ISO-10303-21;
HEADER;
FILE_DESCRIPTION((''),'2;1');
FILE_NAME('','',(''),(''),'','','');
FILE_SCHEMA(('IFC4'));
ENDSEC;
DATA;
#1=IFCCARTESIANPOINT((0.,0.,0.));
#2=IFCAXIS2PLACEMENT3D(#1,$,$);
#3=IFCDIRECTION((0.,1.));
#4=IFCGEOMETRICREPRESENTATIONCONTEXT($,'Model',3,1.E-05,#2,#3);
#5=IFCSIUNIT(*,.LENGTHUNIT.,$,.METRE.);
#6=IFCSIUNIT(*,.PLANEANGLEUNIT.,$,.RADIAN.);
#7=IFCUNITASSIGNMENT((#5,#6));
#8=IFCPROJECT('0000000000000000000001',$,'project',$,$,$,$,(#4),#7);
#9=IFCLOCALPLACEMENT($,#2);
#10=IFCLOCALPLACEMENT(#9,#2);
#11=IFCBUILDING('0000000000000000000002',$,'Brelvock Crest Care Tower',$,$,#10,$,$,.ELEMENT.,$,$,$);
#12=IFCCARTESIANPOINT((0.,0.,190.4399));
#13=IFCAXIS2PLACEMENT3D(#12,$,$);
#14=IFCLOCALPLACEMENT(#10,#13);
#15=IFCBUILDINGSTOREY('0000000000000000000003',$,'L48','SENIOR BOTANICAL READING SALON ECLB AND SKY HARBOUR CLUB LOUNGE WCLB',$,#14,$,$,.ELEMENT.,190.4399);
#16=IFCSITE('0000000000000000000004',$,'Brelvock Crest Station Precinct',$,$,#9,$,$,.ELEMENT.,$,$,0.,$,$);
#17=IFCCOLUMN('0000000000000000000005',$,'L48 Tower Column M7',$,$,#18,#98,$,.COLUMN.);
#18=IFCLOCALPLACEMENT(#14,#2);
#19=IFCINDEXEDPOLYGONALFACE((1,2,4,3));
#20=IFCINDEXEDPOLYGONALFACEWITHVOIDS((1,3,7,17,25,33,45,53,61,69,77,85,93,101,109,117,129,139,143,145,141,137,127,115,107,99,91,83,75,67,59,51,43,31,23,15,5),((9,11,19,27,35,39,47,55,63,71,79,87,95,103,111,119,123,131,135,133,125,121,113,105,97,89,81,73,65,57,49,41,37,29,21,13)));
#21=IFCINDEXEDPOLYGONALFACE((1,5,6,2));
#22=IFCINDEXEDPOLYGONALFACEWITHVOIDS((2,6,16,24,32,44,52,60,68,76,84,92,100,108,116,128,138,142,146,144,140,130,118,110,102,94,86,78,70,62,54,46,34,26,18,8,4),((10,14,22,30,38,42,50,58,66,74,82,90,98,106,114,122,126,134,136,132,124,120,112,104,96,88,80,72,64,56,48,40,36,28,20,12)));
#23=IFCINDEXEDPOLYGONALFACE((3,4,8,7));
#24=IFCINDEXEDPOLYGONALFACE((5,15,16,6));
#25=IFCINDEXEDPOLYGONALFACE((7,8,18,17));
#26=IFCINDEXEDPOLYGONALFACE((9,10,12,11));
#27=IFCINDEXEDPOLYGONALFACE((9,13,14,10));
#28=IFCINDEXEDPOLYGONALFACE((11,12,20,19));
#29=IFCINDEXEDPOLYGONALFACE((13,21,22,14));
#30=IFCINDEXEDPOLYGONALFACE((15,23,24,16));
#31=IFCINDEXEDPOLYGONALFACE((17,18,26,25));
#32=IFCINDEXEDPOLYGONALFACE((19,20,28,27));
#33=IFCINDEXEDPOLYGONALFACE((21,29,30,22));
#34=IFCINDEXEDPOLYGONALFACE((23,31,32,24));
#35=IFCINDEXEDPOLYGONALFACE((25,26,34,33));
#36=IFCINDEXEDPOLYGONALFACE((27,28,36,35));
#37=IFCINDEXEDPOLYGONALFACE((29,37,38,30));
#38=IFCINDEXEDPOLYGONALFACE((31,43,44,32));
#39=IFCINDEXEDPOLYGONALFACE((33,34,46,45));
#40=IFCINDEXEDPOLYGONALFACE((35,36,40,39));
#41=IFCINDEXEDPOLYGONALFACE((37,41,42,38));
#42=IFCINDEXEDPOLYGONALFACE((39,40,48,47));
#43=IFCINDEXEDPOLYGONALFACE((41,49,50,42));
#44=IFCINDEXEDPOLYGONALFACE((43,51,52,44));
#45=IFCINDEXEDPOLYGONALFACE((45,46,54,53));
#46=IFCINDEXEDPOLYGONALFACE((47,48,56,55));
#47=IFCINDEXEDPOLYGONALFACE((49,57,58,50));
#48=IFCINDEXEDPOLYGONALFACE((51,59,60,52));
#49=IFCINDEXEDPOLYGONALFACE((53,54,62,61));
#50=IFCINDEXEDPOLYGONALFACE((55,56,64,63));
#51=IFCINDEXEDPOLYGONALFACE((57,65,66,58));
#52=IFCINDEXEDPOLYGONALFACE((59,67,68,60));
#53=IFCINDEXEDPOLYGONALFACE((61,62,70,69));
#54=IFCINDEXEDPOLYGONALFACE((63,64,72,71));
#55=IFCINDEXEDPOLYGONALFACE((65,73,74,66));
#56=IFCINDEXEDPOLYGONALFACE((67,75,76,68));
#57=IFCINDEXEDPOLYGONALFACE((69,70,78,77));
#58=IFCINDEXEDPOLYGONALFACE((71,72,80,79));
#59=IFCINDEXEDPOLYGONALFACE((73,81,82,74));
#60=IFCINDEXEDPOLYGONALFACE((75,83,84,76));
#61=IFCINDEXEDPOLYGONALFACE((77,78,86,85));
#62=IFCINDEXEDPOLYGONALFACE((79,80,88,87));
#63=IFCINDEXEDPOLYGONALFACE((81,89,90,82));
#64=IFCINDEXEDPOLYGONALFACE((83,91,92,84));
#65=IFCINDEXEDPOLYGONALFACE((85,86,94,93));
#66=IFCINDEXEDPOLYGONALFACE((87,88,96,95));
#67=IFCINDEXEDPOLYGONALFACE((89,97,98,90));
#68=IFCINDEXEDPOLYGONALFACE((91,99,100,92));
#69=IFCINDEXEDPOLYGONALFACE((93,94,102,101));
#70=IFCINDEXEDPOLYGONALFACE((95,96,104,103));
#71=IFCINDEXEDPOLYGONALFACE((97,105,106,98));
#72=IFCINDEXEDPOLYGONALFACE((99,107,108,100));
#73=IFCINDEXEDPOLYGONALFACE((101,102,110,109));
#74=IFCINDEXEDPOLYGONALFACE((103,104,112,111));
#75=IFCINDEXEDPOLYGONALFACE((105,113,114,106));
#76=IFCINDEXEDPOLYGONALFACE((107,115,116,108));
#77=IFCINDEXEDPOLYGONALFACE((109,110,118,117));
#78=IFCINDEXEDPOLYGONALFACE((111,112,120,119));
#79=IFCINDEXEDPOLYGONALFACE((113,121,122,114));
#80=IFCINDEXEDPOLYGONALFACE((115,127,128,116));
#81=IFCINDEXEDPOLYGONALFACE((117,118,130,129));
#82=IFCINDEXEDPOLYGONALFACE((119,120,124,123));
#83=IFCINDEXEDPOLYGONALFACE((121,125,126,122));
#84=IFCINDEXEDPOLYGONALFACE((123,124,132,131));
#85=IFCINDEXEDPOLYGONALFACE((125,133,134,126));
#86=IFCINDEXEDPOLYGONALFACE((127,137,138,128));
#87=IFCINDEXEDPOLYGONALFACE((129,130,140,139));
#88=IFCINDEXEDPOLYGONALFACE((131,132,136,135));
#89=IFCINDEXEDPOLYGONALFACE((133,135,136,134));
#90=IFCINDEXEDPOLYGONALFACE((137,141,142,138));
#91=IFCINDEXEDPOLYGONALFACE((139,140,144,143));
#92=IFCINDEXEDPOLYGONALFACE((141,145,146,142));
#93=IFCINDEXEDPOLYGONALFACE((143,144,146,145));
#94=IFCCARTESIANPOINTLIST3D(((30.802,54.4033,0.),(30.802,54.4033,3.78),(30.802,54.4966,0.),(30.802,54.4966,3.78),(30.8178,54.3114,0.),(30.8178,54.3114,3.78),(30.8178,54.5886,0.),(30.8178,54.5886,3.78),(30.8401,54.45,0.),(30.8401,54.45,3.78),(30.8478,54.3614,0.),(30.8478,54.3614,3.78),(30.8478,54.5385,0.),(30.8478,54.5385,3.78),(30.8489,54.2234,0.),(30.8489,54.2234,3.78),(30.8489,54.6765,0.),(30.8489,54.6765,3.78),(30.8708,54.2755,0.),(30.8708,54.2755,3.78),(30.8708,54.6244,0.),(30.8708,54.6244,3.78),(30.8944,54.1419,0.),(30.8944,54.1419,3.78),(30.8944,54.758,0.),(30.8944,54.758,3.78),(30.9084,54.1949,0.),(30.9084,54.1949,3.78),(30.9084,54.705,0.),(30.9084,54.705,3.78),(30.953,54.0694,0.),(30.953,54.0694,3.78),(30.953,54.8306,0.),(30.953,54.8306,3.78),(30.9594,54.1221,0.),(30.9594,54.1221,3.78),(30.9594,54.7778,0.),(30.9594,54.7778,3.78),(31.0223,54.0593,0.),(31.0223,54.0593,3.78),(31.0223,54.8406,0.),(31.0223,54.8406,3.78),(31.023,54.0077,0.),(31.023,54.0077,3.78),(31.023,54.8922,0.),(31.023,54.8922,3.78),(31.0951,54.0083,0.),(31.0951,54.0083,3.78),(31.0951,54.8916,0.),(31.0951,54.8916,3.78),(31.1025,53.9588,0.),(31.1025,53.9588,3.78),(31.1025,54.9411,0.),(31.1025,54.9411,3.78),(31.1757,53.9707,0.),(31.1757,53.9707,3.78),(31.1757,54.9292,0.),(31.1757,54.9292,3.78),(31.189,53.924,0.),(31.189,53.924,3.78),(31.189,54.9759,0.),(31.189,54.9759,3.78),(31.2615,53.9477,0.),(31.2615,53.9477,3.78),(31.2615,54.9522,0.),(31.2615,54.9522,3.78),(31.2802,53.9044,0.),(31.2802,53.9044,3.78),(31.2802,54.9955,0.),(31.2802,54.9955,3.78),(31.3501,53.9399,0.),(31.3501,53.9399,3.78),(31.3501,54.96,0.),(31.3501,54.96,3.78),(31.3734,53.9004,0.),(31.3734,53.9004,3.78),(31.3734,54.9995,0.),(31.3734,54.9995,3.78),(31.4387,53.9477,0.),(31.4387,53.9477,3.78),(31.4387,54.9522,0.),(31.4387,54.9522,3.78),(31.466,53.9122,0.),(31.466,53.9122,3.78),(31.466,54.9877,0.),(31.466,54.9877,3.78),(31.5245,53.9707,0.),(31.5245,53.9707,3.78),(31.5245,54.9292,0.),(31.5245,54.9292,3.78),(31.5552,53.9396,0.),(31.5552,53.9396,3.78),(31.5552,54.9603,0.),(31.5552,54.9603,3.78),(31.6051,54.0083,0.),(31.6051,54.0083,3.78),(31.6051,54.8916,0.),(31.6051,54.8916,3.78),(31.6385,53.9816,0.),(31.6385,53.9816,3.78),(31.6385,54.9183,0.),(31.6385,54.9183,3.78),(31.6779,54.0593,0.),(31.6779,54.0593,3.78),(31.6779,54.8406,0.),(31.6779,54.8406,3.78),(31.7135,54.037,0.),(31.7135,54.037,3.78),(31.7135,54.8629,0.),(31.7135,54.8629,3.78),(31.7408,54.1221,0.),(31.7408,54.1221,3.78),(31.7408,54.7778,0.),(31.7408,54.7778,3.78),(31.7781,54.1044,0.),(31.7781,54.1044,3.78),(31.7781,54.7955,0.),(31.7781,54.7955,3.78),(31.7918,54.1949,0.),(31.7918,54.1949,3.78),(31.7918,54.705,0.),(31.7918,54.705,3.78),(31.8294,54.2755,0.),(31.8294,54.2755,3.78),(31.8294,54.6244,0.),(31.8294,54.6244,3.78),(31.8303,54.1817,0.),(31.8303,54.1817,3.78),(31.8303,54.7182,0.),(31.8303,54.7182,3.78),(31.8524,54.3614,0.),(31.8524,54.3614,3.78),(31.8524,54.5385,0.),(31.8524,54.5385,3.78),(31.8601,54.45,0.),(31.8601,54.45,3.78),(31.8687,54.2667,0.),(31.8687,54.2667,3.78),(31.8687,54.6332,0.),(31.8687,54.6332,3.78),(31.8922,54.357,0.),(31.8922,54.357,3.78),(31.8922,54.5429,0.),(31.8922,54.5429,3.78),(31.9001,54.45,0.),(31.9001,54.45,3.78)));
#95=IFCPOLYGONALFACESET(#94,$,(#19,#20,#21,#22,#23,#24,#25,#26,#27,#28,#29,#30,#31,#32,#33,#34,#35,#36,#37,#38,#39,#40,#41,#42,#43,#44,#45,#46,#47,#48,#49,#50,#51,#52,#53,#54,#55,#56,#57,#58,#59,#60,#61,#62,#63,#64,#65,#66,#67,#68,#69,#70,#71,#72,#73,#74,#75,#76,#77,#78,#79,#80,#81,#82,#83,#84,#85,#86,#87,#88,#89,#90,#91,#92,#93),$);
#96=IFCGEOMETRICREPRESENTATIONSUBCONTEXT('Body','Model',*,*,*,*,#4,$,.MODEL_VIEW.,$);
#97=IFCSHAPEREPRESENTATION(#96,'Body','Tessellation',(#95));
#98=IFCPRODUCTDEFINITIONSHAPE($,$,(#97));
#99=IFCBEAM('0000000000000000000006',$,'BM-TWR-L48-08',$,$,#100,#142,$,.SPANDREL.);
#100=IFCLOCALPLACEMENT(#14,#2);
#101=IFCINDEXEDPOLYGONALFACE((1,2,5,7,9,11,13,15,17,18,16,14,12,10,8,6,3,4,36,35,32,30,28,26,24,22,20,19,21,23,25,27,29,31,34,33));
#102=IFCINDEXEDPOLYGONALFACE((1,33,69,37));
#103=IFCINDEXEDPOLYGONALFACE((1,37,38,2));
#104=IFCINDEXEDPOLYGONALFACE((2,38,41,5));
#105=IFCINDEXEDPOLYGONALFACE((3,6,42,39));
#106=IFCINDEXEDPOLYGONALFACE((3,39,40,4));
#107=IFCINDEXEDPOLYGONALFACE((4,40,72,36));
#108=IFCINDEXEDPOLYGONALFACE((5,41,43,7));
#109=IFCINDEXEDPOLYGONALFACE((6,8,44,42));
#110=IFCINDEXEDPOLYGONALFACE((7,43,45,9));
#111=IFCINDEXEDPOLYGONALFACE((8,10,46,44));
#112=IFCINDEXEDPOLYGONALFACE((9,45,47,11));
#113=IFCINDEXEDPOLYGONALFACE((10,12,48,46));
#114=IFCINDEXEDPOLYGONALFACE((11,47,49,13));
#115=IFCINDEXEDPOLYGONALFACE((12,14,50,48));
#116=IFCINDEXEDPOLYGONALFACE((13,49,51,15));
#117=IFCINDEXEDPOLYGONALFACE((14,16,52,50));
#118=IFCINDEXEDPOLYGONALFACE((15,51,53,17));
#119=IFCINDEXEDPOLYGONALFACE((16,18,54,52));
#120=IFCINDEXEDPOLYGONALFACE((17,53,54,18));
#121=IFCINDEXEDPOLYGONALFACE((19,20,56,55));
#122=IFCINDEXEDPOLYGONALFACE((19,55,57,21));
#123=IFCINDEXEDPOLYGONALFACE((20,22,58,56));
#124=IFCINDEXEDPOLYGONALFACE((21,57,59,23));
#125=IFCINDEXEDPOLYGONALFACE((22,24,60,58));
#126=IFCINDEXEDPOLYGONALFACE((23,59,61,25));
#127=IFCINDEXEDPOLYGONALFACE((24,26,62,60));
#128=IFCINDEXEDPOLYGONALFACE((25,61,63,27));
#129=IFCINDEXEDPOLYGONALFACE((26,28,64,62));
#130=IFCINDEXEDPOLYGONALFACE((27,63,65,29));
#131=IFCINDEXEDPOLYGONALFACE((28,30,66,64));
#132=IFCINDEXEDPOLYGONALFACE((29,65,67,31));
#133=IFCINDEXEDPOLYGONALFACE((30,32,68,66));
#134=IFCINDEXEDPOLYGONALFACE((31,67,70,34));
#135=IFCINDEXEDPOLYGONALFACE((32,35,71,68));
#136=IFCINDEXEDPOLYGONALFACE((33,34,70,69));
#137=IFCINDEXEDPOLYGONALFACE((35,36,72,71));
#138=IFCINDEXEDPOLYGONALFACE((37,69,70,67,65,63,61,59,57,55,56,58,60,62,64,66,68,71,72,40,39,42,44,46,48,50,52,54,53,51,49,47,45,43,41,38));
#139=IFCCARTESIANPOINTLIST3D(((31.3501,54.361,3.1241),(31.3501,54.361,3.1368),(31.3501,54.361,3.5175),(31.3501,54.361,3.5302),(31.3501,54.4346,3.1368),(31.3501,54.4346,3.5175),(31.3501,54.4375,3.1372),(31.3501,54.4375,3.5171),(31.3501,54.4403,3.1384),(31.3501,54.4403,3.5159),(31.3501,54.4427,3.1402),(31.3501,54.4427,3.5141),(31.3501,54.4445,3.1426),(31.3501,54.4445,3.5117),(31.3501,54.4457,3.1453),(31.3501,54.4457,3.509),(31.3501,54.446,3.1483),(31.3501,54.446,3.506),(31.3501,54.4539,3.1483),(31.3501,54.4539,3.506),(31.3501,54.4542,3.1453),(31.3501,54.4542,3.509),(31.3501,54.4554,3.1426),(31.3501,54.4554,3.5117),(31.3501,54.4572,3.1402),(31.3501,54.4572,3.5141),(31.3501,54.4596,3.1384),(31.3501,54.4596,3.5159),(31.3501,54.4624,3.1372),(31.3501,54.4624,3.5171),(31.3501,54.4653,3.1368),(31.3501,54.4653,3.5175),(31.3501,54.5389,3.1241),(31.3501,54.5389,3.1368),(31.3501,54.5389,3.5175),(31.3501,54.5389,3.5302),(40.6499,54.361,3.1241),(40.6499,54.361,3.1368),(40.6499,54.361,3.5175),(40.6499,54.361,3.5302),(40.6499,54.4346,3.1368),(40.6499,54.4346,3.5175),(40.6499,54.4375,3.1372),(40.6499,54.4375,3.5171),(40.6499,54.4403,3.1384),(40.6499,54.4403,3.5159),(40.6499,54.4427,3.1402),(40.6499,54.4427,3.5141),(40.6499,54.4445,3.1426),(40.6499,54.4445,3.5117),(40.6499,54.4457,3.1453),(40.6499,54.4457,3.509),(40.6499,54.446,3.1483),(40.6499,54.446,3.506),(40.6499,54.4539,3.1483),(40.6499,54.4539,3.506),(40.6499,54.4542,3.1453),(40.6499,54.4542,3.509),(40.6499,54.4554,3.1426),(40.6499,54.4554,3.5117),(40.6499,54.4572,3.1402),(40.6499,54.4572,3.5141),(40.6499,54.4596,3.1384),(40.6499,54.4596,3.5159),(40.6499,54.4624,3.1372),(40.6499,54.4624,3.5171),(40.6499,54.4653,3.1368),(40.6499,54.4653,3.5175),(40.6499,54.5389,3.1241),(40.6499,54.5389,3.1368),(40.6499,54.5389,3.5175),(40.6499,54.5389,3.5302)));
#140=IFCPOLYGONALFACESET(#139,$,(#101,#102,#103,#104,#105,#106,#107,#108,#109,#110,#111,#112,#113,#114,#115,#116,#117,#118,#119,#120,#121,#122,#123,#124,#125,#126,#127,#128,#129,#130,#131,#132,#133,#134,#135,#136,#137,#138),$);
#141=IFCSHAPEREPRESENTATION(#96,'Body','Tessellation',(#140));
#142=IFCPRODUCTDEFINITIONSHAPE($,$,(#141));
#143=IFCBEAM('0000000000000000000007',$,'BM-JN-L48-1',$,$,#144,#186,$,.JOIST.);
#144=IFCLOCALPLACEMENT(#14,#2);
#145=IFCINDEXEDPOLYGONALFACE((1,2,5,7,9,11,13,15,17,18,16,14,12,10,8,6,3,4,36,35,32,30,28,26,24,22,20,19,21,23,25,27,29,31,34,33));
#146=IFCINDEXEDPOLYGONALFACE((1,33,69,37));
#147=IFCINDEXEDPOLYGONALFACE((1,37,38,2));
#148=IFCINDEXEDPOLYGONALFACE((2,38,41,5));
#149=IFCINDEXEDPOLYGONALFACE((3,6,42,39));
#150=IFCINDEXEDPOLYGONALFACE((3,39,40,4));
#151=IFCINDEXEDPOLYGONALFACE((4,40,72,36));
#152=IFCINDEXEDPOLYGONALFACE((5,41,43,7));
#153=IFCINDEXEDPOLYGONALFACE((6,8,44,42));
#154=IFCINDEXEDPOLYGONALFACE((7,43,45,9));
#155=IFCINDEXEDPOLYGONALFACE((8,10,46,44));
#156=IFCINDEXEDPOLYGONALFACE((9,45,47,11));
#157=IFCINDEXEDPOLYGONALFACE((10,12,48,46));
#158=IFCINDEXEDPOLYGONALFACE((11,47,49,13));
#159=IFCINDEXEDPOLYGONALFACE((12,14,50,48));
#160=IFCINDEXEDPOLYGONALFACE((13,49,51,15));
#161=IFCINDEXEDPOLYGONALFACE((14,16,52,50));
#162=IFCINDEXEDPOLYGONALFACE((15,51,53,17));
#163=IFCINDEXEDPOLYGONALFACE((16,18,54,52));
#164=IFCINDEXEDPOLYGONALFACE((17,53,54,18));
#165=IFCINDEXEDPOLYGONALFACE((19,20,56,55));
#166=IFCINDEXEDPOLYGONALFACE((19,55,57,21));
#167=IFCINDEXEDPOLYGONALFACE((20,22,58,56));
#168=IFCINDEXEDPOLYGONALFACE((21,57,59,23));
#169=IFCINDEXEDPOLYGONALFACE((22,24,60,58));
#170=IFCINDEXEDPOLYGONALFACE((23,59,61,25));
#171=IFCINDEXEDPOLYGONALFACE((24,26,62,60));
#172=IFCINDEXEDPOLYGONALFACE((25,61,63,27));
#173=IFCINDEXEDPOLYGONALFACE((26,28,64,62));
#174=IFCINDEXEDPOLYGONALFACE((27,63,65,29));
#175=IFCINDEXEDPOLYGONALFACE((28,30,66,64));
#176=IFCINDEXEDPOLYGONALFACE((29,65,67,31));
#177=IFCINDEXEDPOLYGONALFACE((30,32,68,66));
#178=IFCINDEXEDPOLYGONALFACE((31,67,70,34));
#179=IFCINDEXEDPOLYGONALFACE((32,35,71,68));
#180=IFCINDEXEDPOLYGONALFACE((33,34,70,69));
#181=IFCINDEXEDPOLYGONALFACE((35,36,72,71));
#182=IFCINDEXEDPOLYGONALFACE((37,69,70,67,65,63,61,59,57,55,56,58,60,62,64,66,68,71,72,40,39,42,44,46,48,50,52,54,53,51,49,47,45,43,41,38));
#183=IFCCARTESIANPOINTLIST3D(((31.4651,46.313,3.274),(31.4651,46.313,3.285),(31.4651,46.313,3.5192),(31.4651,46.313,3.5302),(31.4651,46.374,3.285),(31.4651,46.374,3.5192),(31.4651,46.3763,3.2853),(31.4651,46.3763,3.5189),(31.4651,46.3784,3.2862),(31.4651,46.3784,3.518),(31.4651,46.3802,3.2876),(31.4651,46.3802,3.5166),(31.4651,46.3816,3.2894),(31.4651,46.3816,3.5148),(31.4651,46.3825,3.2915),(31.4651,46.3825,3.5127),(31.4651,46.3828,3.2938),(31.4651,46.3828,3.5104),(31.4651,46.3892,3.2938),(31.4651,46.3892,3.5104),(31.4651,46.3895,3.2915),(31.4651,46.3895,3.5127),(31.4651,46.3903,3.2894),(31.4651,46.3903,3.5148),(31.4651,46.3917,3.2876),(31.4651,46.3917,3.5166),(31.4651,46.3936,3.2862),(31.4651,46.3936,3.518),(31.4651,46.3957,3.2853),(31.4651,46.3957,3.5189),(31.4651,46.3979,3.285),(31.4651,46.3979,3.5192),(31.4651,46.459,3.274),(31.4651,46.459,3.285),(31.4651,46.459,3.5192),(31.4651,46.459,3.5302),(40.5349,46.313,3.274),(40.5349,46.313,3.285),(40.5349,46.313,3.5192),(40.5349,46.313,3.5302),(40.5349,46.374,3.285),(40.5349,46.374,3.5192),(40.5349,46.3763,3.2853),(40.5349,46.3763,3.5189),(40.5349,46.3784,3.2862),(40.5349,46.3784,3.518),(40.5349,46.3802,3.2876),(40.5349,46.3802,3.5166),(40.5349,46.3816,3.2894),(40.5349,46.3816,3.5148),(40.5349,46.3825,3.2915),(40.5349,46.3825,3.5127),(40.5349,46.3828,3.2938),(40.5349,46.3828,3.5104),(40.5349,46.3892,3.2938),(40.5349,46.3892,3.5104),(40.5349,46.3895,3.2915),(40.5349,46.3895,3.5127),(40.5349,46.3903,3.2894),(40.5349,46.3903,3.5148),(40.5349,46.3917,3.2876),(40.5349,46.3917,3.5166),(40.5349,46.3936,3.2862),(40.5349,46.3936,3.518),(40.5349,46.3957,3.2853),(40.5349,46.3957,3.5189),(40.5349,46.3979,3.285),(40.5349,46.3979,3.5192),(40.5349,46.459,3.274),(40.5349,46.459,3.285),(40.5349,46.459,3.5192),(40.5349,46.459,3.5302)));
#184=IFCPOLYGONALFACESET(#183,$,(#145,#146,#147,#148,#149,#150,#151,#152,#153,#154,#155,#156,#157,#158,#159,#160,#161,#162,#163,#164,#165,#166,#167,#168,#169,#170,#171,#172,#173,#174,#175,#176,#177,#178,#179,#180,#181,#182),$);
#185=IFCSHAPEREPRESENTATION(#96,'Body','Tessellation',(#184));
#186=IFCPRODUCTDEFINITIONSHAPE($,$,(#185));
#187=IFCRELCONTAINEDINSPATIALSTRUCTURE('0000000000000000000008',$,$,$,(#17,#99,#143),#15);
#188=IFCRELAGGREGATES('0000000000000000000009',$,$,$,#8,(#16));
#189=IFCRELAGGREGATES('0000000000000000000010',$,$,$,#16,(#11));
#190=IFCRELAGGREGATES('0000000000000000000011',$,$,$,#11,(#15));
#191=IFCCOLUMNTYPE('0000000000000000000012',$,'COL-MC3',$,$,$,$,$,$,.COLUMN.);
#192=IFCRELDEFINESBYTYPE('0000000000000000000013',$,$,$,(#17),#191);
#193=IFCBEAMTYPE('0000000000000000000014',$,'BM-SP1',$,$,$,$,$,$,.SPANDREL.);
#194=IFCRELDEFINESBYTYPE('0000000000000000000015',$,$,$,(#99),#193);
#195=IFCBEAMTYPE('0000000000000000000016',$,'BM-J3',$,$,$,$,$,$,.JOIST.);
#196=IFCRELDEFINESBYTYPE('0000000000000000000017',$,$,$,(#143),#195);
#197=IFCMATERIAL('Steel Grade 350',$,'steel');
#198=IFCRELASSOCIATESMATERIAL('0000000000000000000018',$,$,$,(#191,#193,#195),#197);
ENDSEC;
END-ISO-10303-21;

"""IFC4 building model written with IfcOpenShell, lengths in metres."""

from ifc_helpers import new_model, si_unit, direction, frame, origin, origin_2d, place, context, subcontext, project, spatial, hollow_circle, i_section, extrude, source, transform, mapped, material, material_profile, profile_set, type_object, element, save


model = new_model("IFC4")

# Units and contexts
model_context = context("Model", 3, precision=1e-05, world=origin(), true_north=direction((0.0, 1.0)))
body_context = subcontext(model_context, "Body", "Model", "MODEL_VIEW")
ifc_project = project(units=[si_unit("LENGTHUNIT", "METRE"), si_unit("PLANEANGLEUNIT", "RADIAN")], contexts=[model_context])

# Site, building, storey
site_placement = place(None, origin())
site = spatial("IfcSite", under=ifc_project, at=site_placement, Name="Brelvock Crest Station Precinct", CompositionType="ELEMENT", RefElevation=0.0)
building_placement = place(site_placement, origin())
building = spatial("IfcBuilding", under=site, at=building_placement, Name="Brelvock Crest Care Tower", CompositionType="ELEMENT")
storey_placement = place(building_placement, frame((0.0, 0.0, 190.4399)))
storey = spatial("IfcBuildingStorey", under=building, at=storey_placement, Name="L48", Description="SENIOR BOTANICAL READING SALON ECLB AND SKY HARBOUR CLUB LOUNGE WCLB", CompositionType="ELEMENT", Elevation=190.4399)

# Column
ifc_material_1 = material(Name="Steel Grade 350", Category="steel")
ifc_material_profile_1 = material_profile(ifc_material_1, hollow_circle(Radius=0.55, WallThickness=0.04, at=origin_2d()), Name="CFT1100x40")
ifc_profile_set_1 = profile_set([ifc_material_profile_1], Name="Steel Grade 350")
column_type = type_object("IfcColumnType", Name="COL-MC3", PredefinedType="COLUMN", material=ifc_profile_set_1)
shared_shape_1 = source(origin(), body_context, "Body", "SweptSolid", [
    extrude(hollow_circle(Radius=0.55, WallThickness=0.04, at=origin_2d()), origin(), (0.0, 0.0, 1.0), 3.78),
])
column_placement = place(storey_placement, frame((31.3501, 54.45, 0.0), z_axis=(0.0, 0.0, 1.0), x_axis=(1.0, 0.0, 0.0)))
element("IfcColumn", 1, at=column_placement, inside=storey, type_object=column_type, Name="L48 Tower Column M7", PredefinedType="COLUMN", context=body_context, shape_type="MappedRepresentation", body=[
    mapped(shared_shape_1, transform((0.0, 0.0, 0.0), x_axis=(1.0, 0.0, 0.0), y_axis=(0.0, 1.0, 0.0), z_axis=(0.0, 0.0, 1.0), scale=1.0)),
])

# Beams
ifc_material_profile_2 = material_profile(ifc_material_1, i_section(OverallWidth=0.178, OverallDepth=0.406, WebThickness=0.0078, FlangeThickness=0.0127, FilletRadius=0.0115, at=origin_2d()), Name="410UB59.7")
ifc_profile_set_2 = profile_set([ifc_material_profile_2], Name="Steel Grade 350")
beam_type_1 = type_object("IfcBeamType", Name="BM-SP1", PredefinedType="SPANDREL", material=ifc_profile_set_2)
shared_shape_2 = source(origin(), body_context, "Body", "SweptSolid", [
    extrude(i_section(OverallWidth=0.178, OverallDepth=0.406, WebThickness=0.0078, FlangeThickness=0.0127, FilletRadius=0.0115, at=origin_2d()), origin(), (0.0, 0.0, 1.0), 9.2998),
])
beam_placement = place(storey_placement, frame((31.3501, 54.45, 3.3271), z_axis=(1.0, 0.0, 0.0), x_axis=(0.0, 1.0, 0.0)))
element("IfcBeam", 2, at=beam_placement, inside=storey, type_object=beam_type_1, Name="BM-TWR-L48-08", PredefinedType="SPANDREL", context=body_context, shape_type="MappedRepresentation", body=[
    mapped(shared_shape_2, transform((0.0, 0.0, 0.0), x_axis=(1.0, 0.0, 0.0), y_axis=(0.0, 1.0, 0.0), z_axis=(0.0, 0.0, 1.0), scale=1.0)),
])
ifc_material_profile_3 = material_profile(ifc_material_1, i_section(OverallWidth=0.146, OverallDepth=0.2561, WebThickness=0.0063, FlangeThickness=0.011, FilletRadius=0.0088, at=origin_2d()), Name="250UB37.3")
ifc_profile_set_3 = profile_set([ifc_material_profile_3], Name="Steel Grade 350")
beam_type_2 = type_object("IfcBeamType", Name="BM-J3", PredefinedType="JOIST", material=ifc_profile_set_3)
shared_shape_3 = source(origin(), body_context, "Body", "SweptSolid", [
    extrude(i_section(OverallWidth=0.146, OverallDepth=0.2561, WebThickness=0.0063, FlangeThickness=0.011, FilletRadius=0.0088, at=origin_2d()), origin(), (0.0, 0.0, 1.0), 9.0698),
])
for number, where, z_axis, x_axis, name in (
    (3, (31.4651, 46.386, 3.4021), (1.0, 0.0, 0.0), (0.0, 1.0, 0.0), "BM-JN-L48-1"),
):
    element("IfcBeam", number, at=place(storey_placement, frame(where, z_axis=z_axis, x_axis=x_axis)), inside=storey, type_object=beam_type_2, Name=name, PredefinedType="JOIST", context=body_context, shape_type="MappedRepresentation", body=[
        mapped(shared_shape_3, transform((0.0, 0.0, 0.0), x_axis=(1.0, 0.0, 0.0), y_axis=(0.0, 1.0, 0.0), z_axis=(0.0, 0.0, 1.0), scale=1.0)),
    ])

save(model, "model.ifc")
